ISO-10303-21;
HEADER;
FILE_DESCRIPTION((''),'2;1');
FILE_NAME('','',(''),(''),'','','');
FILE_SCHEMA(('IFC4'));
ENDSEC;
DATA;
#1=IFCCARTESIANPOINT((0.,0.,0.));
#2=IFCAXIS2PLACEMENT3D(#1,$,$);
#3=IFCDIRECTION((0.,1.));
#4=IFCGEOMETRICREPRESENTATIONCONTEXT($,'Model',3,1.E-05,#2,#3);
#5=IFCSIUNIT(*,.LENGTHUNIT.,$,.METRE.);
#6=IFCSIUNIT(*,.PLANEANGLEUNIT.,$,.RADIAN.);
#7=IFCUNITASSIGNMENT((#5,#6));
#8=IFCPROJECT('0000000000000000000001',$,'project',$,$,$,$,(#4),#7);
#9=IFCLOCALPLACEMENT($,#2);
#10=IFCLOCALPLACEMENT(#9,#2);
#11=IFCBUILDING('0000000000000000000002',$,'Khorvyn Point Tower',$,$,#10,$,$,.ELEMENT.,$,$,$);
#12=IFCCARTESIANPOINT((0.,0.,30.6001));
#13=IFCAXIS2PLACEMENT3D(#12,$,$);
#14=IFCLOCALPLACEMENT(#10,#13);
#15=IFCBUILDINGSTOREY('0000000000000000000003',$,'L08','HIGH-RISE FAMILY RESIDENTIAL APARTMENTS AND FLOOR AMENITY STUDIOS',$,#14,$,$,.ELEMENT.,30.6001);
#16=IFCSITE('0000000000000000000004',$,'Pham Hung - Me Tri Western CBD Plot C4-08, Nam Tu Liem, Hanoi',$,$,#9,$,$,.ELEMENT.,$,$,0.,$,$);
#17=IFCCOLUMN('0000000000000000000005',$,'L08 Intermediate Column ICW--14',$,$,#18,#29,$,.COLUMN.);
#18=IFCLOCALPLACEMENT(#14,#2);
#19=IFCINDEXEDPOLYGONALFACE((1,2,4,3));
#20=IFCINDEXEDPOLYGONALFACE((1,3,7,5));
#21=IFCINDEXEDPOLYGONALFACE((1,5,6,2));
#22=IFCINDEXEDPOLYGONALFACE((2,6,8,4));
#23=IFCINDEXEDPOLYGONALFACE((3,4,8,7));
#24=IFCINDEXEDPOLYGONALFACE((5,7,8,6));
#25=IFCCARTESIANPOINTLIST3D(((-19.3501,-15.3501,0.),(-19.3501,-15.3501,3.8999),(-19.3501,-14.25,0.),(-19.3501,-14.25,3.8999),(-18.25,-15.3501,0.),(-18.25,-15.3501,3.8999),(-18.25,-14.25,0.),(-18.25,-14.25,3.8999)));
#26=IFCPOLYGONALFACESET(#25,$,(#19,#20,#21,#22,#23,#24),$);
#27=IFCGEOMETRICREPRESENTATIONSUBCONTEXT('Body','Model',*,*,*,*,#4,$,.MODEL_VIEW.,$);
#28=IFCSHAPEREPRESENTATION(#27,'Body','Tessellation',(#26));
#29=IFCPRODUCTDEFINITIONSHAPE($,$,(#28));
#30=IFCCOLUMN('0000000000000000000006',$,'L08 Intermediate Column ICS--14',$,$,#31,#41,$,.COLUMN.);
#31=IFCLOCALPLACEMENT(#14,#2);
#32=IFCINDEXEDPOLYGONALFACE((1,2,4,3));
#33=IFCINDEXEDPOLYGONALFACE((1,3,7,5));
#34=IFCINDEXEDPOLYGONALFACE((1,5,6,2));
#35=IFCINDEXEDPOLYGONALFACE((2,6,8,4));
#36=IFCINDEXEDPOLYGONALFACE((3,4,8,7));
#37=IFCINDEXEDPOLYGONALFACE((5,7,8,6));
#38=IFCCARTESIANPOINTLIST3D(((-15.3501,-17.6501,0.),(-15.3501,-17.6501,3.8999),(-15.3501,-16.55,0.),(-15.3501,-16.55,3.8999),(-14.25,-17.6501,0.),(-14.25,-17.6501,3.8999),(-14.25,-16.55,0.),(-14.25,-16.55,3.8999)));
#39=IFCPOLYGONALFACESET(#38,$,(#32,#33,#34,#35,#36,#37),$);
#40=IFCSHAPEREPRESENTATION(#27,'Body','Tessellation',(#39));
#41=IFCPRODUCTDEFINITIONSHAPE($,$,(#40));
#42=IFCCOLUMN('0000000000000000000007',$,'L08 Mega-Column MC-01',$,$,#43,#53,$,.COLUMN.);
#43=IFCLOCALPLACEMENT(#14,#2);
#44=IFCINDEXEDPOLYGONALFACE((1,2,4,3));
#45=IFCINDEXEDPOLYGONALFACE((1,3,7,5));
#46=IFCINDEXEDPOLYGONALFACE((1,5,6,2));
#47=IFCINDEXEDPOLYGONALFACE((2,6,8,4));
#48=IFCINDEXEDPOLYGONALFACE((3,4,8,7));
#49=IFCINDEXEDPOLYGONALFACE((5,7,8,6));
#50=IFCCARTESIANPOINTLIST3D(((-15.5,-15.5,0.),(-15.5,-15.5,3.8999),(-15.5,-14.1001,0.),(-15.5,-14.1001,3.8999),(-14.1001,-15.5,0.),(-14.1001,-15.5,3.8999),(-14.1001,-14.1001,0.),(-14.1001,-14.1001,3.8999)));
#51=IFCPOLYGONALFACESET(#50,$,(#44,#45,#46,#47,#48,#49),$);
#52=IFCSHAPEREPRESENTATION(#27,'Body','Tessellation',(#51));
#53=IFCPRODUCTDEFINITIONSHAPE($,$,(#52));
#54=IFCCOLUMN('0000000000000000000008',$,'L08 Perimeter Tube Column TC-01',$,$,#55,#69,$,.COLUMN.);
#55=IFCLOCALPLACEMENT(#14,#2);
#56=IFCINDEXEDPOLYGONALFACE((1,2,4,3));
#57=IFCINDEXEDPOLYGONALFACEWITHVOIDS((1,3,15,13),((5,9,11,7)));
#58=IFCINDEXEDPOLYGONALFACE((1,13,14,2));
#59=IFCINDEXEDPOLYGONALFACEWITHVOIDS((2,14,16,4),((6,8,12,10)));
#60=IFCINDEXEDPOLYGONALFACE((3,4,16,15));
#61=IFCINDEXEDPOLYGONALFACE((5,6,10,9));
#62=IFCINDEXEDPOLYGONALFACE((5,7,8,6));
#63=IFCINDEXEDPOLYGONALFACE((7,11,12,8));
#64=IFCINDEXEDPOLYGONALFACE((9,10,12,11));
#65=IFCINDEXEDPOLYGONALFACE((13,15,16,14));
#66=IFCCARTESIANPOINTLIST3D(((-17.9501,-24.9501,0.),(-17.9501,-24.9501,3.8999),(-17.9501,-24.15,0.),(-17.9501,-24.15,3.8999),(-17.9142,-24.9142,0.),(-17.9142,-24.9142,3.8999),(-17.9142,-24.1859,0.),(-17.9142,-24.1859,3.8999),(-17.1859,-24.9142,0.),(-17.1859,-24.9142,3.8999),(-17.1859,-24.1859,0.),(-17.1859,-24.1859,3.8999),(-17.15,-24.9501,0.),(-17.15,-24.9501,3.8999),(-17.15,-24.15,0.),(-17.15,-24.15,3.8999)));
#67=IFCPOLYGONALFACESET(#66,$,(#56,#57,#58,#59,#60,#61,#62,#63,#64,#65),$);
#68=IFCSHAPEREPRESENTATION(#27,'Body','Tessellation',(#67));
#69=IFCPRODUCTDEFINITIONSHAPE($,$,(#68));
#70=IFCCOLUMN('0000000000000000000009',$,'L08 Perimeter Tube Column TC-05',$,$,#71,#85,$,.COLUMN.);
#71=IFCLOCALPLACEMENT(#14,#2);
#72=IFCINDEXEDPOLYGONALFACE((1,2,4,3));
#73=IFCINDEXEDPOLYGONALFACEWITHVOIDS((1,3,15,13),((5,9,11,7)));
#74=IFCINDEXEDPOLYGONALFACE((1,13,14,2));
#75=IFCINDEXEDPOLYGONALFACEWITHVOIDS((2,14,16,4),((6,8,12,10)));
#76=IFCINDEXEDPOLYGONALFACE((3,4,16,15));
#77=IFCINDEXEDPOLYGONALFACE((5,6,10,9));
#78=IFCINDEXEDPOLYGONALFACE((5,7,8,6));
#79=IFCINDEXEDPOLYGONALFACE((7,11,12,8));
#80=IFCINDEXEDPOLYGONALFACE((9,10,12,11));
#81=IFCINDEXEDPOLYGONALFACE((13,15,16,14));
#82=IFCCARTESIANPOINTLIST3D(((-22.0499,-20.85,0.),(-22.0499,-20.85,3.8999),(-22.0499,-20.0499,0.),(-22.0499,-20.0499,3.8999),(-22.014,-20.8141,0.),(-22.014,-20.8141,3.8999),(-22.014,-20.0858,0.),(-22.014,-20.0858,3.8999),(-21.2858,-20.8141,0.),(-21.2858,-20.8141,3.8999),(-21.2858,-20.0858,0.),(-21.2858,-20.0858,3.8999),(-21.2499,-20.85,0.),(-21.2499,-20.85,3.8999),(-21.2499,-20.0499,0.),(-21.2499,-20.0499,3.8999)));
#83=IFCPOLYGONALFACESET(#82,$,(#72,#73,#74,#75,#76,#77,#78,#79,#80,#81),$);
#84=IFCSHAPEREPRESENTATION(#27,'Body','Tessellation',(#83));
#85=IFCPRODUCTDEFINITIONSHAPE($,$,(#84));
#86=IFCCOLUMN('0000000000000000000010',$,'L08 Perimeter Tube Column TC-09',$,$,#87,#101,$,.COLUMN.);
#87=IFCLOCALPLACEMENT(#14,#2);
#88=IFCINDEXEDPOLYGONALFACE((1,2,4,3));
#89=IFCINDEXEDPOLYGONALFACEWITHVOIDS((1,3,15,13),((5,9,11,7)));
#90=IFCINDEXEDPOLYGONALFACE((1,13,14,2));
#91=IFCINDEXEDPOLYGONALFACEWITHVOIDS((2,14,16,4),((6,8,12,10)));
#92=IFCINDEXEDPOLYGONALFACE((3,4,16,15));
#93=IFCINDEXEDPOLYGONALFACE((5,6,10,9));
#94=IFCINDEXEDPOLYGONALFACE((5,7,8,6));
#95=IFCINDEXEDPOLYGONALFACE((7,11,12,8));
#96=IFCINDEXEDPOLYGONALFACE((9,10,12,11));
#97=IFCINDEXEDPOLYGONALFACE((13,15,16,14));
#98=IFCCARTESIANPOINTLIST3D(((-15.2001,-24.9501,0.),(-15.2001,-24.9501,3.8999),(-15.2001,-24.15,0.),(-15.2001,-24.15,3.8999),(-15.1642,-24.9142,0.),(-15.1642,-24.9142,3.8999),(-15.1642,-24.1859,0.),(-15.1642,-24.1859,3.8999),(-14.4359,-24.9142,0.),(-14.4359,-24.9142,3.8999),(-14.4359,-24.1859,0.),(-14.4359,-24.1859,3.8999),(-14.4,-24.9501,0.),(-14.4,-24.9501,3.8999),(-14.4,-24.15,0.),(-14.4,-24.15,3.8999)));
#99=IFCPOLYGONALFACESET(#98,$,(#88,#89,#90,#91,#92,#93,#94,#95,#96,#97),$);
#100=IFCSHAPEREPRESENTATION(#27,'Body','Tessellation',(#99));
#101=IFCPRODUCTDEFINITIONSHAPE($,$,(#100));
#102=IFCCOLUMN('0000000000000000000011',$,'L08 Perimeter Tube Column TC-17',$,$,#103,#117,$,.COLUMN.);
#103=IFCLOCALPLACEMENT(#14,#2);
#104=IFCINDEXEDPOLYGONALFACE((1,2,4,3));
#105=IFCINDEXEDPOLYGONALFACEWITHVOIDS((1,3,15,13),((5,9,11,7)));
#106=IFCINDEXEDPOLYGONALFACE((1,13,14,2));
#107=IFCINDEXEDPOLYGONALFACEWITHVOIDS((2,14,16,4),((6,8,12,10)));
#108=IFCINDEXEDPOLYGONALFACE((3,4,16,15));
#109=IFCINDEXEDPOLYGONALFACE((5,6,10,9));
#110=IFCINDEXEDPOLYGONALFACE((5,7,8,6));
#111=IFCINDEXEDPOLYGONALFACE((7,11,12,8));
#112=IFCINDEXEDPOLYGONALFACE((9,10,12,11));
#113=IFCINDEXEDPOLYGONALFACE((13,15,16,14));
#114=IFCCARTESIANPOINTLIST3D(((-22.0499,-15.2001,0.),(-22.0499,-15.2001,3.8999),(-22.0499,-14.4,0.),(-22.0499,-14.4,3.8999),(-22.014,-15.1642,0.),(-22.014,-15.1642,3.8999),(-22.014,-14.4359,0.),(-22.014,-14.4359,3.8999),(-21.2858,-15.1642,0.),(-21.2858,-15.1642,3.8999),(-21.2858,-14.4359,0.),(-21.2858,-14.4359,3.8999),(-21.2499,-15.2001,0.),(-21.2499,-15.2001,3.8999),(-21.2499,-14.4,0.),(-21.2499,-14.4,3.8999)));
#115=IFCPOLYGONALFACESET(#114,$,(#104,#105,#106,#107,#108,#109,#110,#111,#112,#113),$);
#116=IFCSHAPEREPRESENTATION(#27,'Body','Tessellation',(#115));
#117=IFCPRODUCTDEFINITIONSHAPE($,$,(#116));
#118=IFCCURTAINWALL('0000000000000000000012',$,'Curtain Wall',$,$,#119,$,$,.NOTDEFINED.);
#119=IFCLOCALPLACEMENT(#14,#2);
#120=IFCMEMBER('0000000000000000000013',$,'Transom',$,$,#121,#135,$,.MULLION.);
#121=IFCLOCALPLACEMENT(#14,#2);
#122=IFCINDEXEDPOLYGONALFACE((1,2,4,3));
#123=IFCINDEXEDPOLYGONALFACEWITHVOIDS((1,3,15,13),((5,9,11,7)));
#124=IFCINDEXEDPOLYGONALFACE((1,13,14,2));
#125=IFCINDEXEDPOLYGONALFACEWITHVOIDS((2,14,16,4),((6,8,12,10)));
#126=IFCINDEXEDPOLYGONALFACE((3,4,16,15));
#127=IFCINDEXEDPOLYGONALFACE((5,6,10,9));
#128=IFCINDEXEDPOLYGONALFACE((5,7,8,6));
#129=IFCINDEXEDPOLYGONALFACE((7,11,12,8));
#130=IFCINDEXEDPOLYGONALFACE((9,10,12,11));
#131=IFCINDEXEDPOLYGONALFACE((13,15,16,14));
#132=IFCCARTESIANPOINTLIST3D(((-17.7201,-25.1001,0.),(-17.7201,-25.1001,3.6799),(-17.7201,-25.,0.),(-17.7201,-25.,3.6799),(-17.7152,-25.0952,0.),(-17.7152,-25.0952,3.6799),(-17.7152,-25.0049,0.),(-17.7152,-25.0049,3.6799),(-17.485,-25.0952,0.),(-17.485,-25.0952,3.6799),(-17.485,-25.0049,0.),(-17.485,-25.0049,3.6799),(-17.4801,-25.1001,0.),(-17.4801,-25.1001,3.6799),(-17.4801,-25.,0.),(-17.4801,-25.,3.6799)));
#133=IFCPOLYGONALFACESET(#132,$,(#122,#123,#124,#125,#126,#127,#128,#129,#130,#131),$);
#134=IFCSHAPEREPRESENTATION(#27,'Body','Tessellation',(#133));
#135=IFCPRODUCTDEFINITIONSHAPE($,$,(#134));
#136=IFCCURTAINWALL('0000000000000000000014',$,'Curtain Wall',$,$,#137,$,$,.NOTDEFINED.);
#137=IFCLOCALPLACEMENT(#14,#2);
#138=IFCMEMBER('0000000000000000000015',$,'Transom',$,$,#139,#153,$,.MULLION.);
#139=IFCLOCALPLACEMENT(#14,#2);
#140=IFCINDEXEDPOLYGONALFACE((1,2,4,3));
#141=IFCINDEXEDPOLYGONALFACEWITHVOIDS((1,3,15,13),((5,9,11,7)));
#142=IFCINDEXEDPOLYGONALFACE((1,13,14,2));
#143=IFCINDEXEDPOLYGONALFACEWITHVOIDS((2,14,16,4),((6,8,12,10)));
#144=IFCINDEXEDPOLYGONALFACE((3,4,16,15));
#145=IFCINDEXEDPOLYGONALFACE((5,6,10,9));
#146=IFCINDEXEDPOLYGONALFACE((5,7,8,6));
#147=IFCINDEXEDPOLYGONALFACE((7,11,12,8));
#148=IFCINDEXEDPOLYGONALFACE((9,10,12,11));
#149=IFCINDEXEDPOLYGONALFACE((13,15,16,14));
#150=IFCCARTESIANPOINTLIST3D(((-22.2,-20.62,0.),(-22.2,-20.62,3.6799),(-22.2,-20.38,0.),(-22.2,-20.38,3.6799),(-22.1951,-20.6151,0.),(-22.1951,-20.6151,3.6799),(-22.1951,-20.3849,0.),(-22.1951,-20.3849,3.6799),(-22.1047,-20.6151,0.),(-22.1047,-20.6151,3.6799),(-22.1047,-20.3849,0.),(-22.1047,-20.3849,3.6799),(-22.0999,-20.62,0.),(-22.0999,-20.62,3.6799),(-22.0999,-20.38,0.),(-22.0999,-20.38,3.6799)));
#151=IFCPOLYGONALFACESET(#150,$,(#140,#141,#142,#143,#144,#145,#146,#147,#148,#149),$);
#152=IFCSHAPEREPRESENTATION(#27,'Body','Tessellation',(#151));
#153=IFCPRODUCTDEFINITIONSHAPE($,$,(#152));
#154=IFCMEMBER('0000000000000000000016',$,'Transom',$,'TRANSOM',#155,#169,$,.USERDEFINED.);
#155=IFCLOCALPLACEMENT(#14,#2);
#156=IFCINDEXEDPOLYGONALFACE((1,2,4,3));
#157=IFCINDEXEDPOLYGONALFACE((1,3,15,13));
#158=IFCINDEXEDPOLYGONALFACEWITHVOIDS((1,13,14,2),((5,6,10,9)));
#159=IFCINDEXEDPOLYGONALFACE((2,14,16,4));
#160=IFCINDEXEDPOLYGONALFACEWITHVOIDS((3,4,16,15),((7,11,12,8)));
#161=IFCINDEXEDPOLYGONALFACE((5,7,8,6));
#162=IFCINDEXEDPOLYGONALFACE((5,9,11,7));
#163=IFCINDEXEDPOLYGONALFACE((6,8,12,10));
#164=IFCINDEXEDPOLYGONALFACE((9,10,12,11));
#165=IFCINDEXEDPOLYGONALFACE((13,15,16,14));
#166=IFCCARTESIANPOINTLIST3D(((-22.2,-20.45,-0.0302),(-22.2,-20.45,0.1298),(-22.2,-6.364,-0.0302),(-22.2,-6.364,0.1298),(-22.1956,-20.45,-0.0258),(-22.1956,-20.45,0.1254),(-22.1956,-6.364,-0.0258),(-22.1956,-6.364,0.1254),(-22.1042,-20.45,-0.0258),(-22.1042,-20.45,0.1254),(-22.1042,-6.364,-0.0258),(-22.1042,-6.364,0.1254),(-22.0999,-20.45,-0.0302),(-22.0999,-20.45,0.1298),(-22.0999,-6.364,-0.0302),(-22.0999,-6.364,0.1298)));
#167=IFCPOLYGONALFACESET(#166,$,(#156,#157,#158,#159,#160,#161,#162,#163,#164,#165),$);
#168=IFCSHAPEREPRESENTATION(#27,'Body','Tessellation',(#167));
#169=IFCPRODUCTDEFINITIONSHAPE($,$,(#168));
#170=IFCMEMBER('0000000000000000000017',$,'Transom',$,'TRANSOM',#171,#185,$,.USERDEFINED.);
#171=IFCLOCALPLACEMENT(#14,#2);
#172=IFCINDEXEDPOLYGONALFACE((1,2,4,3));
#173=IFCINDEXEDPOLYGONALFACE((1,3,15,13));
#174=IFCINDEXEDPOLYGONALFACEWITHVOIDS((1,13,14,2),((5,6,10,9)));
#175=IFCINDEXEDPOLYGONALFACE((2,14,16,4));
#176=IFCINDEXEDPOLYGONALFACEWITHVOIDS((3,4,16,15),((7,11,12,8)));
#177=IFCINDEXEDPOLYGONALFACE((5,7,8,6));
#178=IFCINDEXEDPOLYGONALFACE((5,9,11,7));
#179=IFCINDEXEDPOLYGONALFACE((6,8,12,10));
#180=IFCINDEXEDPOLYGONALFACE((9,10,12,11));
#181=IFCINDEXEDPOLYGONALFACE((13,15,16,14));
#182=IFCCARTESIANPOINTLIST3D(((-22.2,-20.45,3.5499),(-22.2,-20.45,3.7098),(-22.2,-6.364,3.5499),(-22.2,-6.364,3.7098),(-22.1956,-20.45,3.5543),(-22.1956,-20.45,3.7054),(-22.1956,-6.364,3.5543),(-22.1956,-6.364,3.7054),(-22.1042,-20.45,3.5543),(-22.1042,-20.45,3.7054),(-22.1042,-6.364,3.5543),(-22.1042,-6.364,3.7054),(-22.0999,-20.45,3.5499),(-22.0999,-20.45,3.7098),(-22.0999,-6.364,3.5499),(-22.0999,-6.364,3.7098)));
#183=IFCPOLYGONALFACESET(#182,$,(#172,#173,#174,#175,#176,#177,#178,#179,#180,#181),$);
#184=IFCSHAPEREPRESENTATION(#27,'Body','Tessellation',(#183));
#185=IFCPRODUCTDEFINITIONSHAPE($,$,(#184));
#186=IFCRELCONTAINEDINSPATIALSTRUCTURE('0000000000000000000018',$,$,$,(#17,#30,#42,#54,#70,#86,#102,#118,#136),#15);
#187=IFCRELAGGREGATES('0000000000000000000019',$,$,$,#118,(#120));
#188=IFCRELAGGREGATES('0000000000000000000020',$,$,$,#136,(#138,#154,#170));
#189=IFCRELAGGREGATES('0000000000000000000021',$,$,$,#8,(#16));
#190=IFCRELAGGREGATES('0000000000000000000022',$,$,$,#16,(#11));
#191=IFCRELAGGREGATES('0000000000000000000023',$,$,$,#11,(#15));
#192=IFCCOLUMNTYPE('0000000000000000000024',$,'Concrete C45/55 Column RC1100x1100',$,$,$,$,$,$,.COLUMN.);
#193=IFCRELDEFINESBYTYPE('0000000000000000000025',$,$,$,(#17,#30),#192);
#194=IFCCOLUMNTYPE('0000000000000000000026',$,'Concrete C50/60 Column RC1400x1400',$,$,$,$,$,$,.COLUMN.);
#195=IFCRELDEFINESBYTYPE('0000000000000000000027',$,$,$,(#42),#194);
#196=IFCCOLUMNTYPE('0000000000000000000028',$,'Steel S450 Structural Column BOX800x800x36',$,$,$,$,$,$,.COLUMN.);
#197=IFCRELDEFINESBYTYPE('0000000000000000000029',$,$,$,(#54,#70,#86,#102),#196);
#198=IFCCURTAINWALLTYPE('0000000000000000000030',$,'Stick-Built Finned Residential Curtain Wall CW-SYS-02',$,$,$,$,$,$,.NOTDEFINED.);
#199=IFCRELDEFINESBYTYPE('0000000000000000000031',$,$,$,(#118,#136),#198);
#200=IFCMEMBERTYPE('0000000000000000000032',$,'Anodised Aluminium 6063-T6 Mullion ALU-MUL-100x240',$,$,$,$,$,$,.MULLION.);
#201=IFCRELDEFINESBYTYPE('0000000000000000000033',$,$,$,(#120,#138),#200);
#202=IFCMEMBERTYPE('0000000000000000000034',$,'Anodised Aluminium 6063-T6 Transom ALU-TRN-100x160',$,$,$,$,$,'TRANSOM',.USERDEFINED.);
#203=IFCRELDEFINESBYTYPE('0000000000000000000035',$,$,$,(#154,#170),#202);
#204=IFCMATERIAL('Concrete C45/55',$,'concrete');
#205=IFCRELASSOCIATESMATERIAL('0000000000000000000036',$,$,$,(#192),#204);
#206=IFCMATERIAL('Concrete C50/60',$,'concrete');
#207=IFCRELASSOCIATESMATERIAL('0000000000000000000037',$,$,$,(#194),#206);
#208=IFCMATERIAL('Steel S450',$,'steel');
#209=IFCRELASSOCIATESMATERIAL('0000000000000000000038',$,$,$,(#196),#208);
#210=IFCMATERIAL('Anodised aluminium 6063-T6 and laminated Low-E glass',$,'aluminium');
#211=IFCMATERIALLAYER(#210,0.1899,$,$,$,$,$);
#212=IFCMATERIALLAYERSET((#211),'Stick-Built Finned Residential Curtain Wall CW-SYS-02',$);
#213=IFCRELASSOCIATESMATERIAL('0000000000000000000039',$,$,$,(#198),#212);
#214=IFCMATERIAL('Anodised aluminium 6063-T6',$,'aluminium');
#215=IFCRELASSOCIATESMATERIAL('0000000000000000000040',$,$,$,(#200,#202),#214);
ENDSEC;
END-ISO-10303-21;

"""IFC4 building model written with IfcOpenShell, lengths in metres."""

from ifc_helpers import new_model, si_unit, direction, frame, origin, origin_2d, place, context, subcontext, project, spatial, rectangle, hollow_rectangle, extrude, material, layer, layer_set, material_profile, profile_set, type_object, element, aggregate, save


model = new_model("IFC4")

# Units and contexts
model_context = context("Model", 3, precision=1e-05, world=origin(), true_north=direction((0.0, 1.0)))
body_context = subcontext(model_context, "Body", "Model", "MODEL_VIEW")
ifc_project = project(units=[si_unit("LENGTHUNIT", "METRE"), si_unit("PLANEANGLEUNIT", "RADIAN")], contexts=[model_context])

# Site, building, storey
site_placement = place(None, origin())
site = spatial("IfcSite", under=ifc_project, at=site_placement, Name="Pham Hung - Me Tri Western CBD Plot C4-08, Nam Tu Liem, Hanoi", CompositionType="ELEMENT", RefElevation=0.0)
building_placement = place(site_placement, origin())
building = spatial("IfcBuilding", under=site, at=building_placement, Name="Khorvyn Point Tower", CompositionType="ELEMENT")
storey_placement = place(building_placement, frame((0.0, 0.0, 30.6001)))
storey = spatial("IfcBuildingStorey", under=building, at=storey_placement, Name="L08", Description="HIGH-RISE FAMILY RESIDENTIAL APARTMENTS AND FLOOR AMENITY STUDIOS", CompositionType="ELEMENT", Elevation=30.6001)

# Columns
ifc_material_1 = material(Name="Concrete C45/55", Category="concrete")
ifc_material_profile_1 = material_profile(ifc_material_1, rectangle(XDim=1.1001, YDim=1.1001, at=origin_2d()))
ifc_profile_set_1 = profile_set([ifc_material_profile_1], Name="Concrete C45/55 RC1100x1100")
column_type_1 = type_object("IfcColumnType", Name="Concrete C45/55 Column RC1100x1100", PredefinedType="COLUMN", material=ifc_profile_set_1)
for number, where, z_axis, x_axis, name in (
    (1, (-18.8, -14.8, 0.0), (0.0, 0.0, 1.0), (1.0, 0.0, 0.0), "L08 Intermediate Column ICW--14"),
    (2, (-14.8, -17.1001, 0.0), (0.0, 0.0, 1.0), (1.0, 0.0, 0.0), "L08 Intermediate Column ICS--14"),
):
    element("IfcColumn", number, at=place(storey_placement, frame(where, z_axis=z_axis, x_axis=x_axis)), inside=storey, type_object=column_type_1, Name=name, PredefinedType="COLUMN", context=body_context, shape_type="SweptSolid", body=[
        extrude(rectangle(XDim=1.1001, YDim=1.1001, at=origin_2d()), origin(), (0.0, 0.0, 1.0), 3.8999),
    ])
ifc_material_2 = material(Name="Concrete C50/60", Category="concrete")
ifc_material_profile_2 = material_profile(ifc_material_2, rectangle(XDim=1.3999, YDim=1.3999, at=origin_2d()))
ifc_profile_set_2 = profile_set([ifc_material_profile_2], Name="Concrete C50/60 RC1400x1400")
column_type_2 = type_object("IfcColumnType", Name="Concrete C50/60 Column RC1400x1400", PredefinedType="COLUMN", material=ifc_profile_set_2)
column_placement = place(storey_placement, frame((-14.8, -14.8, 0.0), z_axis=(0.0, 0.0, 1.0), x_axis=(1.0, 0.0, 0.0)))
element("IfcColumn", 3, at=column_placement, inside=storey, type_object=column_type_2, Name="L08 Mega-Column MC-01", PredefinedType="COLUMN", context=body_context, shape_type="SweptSolid", body=[
    extrude(rectangle(XDim=1.3999, YDim=1.3999, at=origin_2d()), origin(), (0.0, 0.0, 1.0), 3.8999),
])
ifc_material_3 = material(Name="Steel S450", Category="steel")
ifc_material_profile_3 = material_profile(ifc_material_3, hollow_rectangle(XDim=0.8, YDim=0.8, WallThickness=0.0359, at=origin_2d()))
ifc_profile_set_3 = profile_set([ifc_material_profile_3], Name="Steel S450 BOX800x800x36")
column_type_3 = type_object("IfcColumnType", Name="Steel S450 Structural Column BOX800x800x36", PredefinedType="COLUMN", material=ifc_profile_set_3)
for number, where, z_axis, x_axis, name in (
    (4, (-17.55, -24.55, 0.0), (0.0, 0.0, 1.0), (1.0, 0.0, 0.0), "L08 Perimeter Tube Column TC-01"),
    (5, (-21.6499, -20.45, 0.0), (0.0, 0.0, 1.0), (1.0, 0.0, 0.0), "L08 Perimeter Tube Column TC-05"),
    (6, (-14.8, -24.55, 0.0), (0.0, 0.0, 1.0), (1.0, 0.0, 0.0), "L08 Perimeter Tube Column TC-09"),
    (7, (-21.6499, -14.8, 0.0), (0.0, 0.0, 1.0), (1.0, 0.0, 0.0), "L08 Perimeter Tube Column TC-17"),
):
    element("IfcColumn", number, at=place(storey_placement, frame(where, z_axis=z_axis, x_axis=x_axis)), inside=storey, type_object=column_type_3, Name=name, PredefinedType="COLUMN", context=body_context, shape_type="SweptSolid", body=[
        extrude(hollow_rectangle(XDim=0.8, YDim=0.8, WallThickness=0.0359, at=origin_2d()), origin(), (0.0, 0.0, 1.0), 3.8999),
    ])

# Curtain wall, member
ifc_material_4 = material(Name="Anodised aluminium 6063-T6 and laminated Low-E glass", Category="aluminium")
ifc_layer_1 = layer(ifc_material_4, 0.1899)
ifc_layer_set_1 = layer_set([ifc_layer_1], Name="Stick-Built Finned Residential Curtain Wall CW-SYS-02")
curtain_wall_type = type_object("IfcCurtainWallType", Name="Stick-Built Finned Residential Curtain Wall CW-SYS-02", PredefinedType="NOTDEFINED", material=ifc_layer_set_1)
curtain_wall_1_placement = place(storey_placement, origin())
curtain_wall_1 = element("IfcCurtainWall", 8, at=curtain_wall_1_placement, inside=storey, type_object=curtain_wall_type, Name="Curtain Wall", PredefinedType="NOTDEFINED")
ifc_material_5 = material(Name="Anodised aluminium 6063-T6", Category="aluminium")
ifc_material_profile_4 = material_profile(ifc_material_5, hollow_rectangle(XDim=0.1001, YDim=0.24, WallThickness=0.0049, at=origin_2d()))
ifc_profile_set_4 = profile_set([ifc_material_profile_4], Name="Anodised aluminium 6063-T6 ALU-MUL-100x240")
member_type_1 = type_object("IfcMemberType", Name="Anodised Aluminium 6063-T6 Mullion ALU-MUL-100x240", PredefinedType="MULLION", material=ifc_profile_set_4)
member_1_placement = place(storey_placement, frame((-17.6001, -25.05, 0.0), z_axis=(0.0, 0.0, 1.0), x_axis=(0.0, -1.0, 0.0)))
member_1 = element("IfcMember", 9, at=member_1_placement, type_object=member_type_1, Name="Transom", PredefinedType="MULLION", context=body_context, shape_type="SweptSolid", body=[
    extrude(hollow_rectangle(XDim=0.1001, YDim=0.24, WallThickness=0.0049, at=origin_2d()), origin(), (0.0, 0.0, 1.0), 3.6799),
])
aggregate(curtain_wall_1, [member_1])

# Curtain wall, members
curtain_wall_2_placement = place(storey_placement, origin())
curtain_wall_2 = element("IfcCurtainWall", 10, at=curtain_wall_2_placement, inside=storey, type_object=curtain_wall_type, Name="Curtain Wall", PredefinedType="NOTDEFINED")
member_2_placement = place(storey_placement, frame((-22.1499, -20.5, 0.0), z_axis=(0.0, 0.0, 1.0), x_axis=(-1.0, 0.0, 0.0)))
member_2 = element("IfcMember", 11, at=member_2_placement, type_object=member_type_1, Name="Transom", PredefinedType="MULLION", context=body_context, shape_type="SweptSolid", body=[
    extrude(hollow_rectangle(XDim=0.1001, YDim=0.24, WallThickness=0.0049, at=origin_2d()), origin(), (0.0, 0.0, 1.0), 3.6799),
])
ifc_material_profile_5 = material_profile(ifc_material_5, hollow_rectangle(XDim=0.1001, YDim=0.1599, WallThickness=0.0044, at=origin_2d()))
ifc_profile_set_5 = profile_set([ifc_material_profile_5], Name="Anodised aluminium 6063-T6 ALU-TRN-100x160")
member_type_2 = type_object("IfcMemberType", Name="Anodised Aluminium 6063-T6 Transom ALU-TRN-100x160", ElementType="TRANSOM", PredefinedType="USERDEFINED", material=ifc_profile_set_5)
member_3_placement = place(storey_placement, frame((-22.1499, -20.45, 0.0498), z_axis=(0.0, 1.0, 0.0), x_axis=(-1.0, 0.0, 0.0)))
member_3 = element("IfcMember", 12, at=member_3_placement, type_object=member_type_2, Name="Transom", ObjectType="TRANSOM", PredefinedType="USERDEFINED", context=body_context, shape_type="SweptSolid", body=[
    extrude(hollow_rectangle(XDim=0.1001, YDim=0.1599, WallThickness=0.0044, at=origin_2d()), origin(), (0.0, 0.0, 1.0), 14.0859),
])
member_4_placement = place(storey_placement, frame((-22.1499, -20.45, 3.6299), z_axis=(0.0, 1.0, 0.0), x_axis=(-1.0, 0.0, 0.0)))
member_4 = element("IfcMember", 13, at=member_4_placement, type_object=member_type_2, Name="Transom", ObjectType="TRANSOM", PredefinedType="USERDEFINED", context=body_context, shape_type="SweptSolid", body=[
    extrude(hollow_rectangle(XDim=0.1001, YDim=0.1599, WallThickness=0.0044, at=origin_2d()), origin(), (0.0, 0.0, 1.0), 14.0859),
])

aggregate(curtain_wall_2, [member_2, member_3, member_4])

save(model, "model.ifc")
